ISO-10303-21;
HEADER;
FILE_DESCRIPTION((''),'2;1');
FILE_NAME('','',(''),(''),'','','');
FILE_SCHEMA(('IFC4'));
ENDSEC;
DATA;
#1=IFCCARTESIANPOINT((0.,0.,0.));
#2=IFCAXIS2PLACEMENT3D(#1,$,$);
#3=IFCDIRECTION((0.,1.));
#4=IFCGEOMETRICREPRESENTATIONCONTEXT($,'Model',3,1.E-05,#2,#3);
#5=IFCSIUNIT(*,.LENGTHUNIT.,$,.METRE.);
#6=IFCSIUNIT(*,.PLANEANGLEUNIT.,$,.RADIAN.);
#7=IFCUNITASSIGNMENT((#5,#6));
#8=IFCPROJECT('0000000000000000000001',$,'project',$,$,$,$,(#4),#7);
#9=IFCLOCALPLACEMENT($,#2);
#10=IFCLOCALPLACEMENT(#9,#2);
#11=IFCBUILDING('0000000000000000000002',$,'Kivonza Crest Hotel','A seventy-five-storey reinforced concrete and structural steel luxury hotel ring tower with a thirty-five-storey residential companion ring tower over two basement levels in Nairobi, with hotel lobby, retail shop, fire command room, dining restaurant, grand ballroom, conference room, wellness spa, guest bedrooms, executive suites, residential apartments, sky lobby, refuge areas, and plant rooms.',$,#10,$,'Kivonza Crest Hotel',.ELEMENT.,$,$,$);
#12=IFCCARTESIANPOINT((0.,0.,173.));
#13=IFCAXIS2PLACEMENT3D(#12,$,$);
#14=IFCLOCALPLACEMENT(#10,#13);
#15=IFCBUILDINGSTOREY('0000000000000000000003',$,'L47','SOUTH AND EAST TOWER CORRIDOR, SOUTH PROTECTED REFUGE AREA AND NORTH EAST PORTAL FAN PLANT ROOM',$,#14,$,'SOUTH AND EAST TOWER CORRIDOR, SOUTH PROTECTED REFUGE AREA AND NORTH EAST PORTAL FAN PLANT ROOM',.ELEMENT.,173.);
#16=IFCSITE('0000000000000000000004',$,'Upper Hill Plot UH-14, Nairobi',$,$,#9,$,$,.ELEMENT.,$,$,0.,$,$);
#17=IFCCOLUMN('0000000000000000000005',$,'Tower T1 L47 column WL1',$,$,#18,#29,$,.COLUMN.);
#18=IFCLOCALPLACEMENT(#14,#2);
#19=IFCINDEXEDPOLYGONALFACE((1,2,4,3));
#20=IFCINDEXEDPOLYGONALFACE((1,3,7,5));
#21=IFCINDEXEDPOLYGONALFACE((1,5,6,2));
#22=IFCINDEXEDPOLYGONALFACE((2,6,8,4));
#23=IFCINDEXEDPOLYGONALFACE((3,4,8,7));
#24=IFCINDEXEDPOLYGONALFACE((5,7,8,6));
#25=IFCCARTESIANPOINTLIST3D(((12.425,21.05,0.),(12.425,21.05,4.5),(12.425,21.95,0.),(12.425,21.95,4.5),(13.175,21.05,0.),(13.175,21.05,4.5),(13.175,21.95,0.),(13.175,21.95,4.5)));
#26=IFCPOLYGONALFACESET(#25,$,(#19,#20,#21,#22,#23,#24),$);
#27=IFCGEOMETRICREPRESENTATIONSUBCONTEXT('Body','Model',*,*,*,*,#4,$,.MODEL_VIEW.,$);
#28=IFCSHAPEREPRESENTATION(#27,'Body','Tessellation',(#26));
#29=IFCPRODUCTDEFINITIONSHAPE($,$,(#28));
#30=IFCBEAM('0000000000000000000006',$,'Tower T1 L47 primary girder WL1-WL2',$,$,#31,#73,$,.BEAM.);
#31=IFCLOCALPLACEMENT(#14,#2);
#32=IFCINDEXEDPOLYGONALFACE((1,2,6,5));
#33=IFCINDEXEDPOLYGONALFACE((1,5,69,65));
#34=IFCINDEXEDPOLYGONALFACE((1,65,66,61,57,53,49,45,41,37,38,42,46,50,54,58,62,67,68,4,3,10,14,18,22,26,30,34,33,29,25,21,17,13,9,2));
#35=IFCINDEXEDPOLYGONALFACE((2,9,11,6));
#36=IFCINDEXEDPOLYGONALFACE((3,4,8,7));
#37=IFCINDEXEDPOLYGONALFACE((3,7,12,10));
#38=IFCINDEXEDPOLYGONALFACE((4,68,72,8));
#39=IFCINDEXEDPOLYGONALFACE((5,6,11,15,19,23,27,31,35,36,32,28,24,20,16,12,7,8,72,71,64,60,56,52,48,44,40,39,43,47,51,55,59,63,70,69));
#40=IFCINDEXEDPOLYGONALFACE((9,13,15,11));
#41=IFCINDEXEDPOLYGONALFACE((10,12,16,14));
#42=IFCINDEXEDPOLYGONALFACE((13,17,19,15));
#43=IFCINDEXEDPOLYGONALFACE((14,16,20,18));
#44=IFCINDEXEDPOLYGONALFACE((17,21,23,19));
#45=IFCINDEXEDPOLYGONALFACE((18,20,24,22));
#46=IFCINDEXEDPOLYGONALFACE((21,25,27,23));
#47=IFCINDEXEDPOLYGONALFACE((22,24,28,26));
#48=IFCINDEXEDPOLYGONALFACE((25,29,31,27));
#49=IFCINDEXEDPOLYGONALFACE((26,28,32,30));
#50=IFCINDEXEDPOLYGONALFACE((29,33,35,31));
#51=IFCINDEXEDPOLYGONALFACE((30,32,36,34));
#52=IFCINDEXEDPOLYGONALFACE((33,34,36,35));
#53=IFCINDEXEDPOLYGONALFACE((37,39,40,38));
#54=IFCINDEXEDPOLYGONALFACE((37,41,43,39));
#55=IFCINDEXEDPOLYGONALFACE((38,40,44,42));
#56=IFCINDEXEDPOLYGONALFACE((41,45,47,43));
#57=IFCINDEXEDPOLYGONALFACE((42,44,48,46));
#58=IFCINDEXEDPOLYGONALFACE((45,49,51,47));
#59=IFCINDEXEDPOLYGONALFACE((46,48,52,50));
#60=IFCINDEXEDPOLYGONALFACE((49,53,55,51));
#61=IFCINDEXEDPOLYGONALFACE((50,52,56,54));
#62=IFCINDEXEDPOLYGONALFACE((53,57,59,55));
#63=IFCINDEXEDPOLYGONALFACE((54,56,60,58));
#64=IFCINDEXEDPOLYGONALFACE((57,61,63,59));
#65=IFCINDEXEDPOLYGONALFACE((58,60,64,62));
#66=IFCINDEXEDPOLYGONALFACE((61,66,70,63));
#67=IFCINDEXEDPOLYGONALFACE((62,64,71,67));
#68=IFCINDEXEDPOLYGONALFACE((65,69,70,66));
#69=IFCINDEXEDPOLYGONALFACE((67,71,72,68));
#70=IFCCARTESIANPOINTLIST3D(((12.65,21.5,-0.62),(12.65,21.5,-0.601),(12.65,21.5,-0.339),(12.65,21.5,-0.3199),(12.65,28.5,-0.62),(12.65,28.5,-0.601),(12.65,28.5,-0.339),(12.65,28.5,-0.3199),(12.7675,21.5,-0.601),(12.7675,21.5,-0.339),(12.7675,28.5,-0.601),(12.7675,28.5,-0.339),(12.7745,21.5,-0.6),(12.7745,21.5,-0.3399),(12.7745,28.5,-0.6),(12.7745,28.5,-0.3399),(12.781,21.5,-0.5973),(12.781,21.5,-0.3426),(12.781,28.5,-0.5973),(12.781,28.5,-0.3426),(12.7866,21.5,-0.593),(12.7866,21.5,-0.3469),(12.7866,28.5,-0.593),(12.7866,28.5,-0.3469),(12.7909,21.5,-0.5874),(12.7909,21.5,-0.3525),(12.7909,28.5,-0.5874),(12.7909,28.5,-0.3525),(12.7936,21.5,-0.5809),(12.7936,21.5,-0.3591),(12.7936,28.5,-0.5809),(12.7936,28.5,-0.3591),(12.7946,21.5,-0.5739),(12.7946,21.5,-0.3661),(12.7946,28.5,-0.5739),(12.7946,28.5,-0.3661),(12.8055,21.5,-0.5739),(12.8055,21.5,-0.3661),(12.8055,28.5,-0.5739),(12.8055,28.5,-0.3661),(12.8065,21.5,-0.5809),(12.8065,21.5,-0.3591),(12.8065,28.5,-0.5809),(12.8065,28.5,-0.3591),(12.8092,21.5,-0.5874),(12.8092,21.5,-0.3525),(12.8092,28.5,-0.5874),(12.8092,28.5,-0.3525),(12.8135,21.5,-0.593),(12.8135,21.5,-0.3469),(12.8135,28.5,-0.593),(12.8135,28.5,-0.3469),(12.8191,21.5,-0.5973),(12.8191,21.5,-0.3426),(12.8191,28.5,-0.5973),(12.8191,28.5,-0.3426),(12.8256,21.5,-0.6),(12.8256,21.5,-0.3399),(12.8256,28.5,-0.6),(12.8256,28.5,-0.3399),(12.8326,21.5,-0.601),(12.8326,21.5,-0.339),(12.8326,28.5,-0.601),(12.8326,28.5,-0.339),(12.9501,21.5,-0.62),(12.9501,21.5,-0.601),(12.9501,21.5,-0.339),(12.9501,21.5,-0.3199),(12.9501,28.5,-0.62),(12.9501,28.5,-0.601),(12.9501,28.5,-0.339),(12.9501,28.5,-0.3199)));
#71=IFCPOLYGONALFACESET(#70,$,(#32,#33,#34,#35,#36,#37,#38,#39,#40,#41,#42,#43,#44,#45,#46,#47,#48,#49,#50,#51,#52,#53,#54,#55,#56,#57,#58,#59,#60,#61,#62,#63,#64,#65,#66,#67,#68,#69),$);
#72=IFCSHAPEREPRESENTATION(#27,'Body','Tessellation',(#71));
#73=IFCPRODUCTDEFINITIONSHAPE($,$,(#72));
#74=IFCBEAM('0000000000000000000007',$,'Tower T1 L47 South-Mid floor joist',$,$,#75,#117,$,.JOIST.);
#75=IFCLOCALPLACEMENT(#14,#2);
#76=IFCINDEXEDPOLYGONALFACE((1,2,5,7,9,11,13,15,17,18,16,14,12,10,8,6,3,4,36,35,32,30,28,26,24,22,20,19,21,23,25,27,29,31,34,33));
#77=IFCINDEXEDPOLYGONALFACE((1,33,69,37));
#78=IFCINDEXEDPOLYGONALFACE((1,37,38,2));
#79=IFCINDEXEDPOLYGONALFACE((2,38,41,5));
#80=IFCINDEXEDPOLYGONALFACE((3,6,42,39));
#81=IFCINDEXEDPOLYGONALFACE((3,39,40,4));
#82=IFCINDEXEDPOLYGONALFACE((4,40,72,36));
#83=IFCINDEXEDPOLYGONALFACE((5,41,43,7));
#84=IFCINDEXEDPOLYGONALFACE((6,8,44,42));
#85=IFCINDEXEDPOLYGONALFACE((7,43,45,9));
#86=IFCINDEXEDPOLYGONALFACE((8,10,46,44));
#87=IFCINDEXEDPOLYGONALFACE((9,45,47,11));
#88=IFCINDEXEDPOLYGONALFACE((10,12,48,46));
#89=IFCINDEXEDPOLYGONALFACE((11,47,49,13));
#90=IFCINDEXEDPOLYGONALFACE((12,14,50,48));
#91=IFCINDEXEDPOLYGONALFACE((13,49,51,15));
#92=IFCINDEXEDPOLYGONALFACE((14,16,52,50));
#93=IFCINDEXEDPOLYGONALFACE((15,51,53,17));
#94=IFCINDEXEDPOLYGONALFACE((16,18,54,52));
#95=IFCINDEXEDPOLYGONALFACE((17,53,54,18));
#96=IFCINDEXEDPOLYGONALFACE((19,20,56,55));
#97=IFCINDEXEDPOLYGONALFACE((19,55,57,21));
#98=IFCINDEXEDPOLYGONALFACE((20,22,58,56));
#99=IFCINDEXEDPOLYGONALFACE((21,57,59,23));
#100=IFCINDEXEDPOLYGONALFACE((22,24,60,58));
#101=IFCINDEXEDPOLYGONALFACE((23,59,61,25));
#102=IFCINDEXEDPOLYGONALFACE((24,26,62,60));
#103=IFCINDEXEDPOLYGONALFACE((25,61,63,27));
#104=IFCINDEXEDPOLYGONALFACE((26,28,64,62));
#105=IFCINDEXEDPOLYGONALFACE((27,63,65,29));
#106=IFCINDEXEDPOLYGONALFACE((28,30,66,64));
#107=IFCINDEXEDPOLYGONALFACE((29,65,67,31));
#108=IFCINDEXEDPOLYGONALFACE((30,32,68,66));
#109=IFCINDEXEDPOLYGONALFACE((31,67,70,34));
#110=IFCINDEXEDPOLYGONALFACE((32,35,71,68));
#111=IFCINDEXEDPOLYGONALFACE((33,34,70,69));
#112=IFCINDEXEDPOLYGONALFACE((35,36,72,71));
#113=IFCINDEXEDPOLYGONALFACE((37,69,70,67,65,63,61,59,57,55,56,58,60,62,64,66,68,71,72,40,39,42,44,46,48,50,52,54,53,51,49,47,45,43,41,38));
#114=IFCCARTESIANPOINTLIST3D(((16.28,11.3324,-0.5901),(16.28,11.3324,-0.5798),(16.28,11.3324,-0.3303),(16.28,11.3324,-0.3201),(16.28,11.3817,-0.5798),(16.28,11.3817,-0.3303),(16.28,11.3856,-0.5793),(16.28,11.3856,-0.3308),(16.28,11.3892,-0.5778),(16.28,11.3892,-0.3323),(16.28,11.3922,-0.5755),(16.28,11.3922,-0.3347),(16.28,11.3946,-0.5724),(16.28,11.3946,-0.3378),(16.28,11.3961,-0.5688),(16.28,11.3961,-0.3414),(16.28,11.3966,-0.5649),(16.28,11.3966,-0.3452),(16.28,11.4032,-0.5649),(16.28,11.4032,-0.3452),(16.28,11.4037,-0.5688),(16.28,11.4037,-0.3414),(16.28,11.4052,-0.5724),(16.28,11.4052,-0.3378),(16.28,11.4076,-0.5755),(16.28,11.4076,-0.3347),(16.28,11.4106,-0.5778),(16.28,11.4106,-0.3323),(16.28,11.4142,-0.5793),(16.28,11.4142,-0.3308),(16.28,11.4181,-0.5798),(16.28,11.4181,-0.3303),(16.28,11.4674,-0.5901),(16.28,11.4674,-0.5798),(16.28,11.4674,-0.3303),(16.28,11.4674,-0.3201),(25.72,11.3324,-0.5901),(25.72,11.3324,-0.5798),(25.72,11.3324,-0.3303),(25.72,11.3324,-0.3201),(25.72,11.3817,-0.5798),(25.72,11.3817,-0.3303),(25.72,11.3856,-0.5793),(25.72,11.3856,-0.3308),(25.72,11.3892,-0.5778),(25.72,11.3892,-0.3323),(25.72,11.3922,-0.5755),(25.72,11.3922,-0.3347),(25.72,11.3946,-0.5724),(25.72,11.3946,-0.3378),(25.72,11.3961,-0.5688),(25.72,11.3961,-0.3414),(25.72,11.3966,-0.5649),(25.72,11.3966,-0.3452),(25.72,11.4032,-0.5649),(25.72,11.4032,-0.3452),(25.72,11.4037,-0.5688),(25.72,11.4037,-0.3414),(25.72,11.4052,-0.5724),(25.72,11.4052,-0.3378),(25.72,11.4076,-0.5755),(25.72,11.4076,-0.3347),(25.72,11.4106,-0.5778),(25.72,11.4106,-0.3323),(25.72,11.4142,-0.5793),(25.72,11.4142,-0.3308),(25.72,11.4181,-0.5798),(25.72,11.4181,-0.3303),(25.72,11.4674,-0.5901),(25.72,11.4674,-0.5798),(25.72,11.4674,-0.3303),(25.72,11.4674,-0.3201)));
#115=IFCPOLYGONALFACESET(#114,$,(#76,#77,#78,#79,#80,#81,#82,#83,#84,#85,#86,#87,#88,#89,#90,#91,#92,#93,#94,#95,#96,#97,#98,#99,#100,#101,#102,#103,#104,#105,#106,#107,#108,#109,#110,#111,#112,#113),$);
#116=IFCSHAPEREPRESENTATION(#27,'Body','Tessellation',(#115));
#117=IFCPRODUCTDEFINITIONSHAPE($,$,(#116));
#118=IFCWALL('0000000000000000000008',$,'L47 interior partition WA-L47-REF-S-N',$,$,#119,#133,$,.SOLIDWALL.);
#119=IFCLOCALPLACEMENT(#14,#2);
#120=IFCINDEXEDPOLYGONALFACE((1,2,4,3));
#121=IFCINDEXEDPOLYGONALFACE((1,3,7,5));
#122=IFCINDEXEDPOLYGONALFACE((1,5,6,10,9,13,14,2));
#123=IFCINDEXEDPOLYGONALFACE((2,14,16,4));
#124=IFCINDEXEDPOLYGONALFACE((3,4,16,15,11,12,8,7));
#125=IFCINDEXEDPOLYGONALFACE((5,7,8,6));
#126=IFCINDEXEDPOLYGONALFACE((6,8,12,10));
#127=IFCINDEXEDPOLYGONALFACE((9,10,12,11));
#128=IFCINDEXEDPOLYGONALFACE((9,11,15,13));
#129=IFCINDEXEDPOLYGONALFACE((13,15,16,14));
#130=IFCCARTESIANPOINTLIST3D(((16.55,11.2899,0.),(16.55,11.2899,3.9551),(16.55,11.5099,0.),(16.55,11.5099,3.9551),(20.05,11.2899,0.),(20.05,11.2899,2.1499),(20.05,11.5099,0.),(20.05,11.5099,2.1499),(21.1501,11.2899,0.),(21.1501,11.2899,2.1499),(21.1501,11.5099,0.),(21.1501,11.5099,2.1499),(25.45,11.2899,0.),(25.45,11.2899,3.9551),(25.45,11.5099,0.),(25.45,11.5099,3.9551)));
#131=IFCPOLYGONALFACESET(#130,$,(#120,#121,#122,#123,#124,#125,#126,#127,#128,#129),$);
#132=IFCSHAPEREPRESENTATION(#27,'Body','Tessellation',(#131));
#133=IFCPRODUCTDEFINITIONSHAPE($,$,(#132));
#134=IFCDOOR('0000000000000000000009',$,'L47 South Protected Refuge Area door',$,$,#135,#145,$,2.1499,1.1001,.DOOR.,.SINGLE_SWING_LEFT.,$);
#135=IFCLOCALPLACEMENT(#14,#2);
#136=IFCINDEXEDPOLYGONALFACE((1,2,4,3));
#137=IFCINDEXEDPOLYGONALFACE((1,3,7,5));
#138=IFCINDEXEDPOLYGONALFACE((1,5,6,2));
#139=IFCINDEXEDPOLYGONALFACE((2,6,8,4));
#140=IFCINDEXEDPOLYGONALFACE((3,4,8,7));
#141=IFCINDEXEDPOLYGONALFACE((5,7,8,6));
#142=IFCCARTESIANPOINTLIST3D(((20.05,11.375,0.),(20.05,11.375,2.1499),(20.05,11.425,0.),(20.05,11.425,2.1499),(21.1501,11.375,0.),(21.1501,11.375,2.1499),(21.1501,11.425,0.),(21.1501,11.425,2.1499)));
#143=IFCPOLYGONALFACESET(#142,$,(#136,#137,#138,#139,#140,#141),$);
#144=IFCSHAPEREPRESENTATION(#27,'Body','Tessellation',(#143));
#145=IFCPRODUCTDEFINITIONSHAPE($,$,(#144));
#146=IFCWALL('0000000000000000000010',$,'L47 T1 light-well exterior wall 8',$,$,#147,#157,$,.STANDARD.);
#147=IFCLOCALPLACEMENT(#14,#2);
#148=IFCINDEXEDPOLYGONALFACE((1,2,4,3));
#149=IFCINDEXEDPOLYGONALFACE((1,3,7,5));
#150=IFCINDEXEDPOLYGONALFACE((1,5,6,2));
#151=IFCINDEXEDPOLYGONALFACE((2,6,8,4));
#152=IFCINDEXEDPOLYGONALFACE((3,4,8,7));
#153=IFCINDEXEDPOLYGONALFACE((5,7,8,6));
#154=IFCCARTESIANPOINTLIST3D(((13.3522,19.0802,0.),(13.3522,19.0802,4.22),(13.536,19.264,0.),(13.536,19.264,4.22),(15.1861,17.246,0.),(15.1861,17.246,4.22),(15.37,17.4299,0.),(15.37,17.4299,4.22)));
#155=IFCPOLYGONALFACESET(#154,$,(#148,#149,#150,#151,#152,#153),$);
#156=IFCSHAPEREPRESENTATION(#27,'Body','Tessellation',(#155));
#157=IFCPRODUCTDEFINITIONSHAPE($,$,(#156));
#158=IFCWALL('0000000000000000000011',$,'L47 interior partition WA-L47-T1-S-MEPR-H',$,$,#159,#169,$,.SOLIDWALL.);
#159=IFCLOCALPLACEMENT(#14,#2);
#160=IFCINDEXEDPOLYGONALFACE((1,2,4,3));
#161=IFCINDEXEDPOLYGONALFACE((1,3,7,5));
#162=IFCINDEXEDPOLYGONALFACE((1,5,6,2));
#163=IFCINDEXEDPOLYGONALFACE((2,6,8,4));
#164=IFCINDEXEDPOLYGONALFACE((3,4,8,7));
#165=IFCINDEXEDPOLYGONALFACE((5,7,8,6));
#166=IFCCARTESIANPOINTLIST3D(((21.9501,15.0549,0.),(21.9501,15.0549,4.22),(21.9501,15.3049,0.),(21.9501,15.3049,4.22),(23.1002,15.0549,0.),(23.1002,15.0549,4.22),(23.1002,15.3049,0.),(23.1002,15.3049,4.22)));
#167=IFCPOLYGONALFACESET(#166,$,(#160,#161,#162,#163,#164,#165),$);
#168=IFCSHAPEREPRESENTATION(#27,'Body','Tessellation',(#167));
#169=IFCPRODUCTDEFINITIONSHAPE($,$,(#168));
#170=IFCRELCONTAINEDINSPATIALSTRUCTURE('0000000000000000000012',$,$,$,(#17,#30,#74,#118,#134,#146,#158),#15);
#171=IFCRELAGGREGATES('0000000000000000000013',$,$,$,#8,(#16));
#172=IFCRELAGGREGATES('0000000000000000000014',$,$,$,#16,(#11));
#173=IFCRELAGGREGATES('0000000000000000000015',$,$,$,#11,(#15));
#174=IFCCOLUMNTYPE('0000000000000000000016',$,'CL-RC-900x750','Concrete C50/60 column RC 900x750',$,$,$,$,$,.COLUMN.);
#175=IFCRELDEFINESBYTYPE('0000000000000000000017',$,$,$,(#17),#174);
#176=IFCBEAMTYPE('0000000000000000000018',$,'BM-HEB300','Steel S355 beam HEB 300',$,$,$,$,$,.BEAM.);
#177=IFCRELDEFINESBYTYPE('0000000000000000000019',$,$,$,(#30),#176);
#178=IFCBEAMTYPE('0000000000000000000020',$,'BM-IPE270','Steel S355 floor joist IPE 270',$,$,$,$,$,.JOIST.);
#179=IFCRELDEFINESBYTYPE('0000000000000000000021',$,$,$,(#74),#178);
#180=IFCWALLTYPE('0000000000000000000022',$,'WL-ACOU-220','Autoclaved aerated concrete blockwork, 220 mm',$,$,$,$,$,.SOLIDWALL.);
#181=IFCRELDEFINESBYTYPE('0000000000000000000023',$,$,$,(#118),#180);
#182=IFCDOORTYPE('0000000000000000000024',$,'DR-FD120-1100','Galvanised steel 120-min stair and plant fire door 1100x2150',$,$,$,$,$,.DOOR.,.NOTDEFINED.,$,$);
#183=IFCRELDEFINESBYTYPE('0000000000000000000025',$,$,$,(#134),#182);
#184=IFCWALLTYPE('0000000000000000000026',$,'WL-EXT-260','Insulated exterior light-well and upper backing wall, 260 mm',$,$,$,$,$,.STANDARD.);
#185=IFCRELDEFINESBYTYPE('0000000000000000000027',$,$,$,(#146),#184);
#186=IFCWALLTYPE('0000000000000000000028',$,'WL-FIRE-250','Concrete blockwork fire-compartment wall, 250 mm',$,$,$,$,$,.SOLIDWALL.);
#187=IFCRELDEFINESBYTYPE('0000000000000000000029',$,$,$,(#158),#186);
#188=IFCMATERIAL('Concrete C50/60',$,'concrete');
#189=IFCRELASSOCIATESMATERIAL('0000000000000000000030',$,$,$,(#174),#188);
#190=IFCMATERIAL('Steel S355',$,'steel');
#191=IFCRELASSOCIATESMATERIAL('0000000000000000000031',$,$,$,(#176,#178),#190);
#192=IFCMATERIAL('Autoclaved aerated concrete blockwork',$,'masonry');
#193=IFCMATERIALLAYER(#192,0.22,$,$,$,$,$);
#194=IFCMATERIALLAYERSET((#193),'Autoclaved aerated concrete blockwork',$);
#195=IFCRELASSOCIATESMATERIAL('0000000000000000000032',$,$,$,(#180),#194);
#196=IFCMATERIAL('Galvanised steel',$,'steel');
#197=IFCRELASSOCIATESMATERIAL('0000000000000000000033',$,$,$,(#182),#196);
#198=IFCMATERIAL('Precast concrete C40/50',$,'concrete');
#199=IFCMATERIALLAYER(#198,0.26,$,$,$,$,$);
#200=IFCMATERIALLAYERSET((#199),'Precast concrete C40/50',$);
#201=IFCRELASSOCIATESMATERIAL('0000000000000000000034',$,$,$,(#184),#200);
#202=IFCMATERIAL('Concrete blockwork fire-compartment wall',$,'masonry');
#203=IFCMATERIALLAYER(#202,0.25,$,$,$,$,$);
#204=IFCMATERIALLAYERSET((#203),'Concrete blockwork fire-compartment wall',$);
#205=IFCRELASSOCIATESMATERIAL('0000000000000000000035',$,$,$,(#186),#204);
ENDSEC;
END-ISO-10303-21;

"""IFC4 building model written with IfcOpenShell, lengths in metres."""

from ifc_helpers import new_model, si_unit, direction, frame, frame_2d, origin, origin_2d, place, context, subcontext, project, spatial, rectangle, i_section, extrude, material, layer, layer_set, material_profile, profile_set, type_object, element, fill, save


model = new_model("IFC4")

# Units and contexts
model_context = context("Model", 3, precision=1e-05, world=origin(), true_north=direction((0.0, 1.0)))
body_context = subcontext(model_context, "Body", "Model", "MODEL_VIEW")
ifc_project = project(units=[si_unit("LENGTHUNIT", "METRE"), si_unit("PLANEANGLEUNIT", "RADIAN")], contexts=[model_context])

# Site, building, storey
site_placement = place(None, origin())
site = spatial("IfcSite", under=ifc_project, at=site_placement, Name="Upper Hill Plot UH-14, Nairobi", CompositionType="ELEMENT", RefElevation=0.0)
building_placement = place(site_placement, origin())
building = spatial("IfcBuilding", under=site, at=building_placement, Name="Kivonza Crest Hotel", Description="A seventy-five-storey reinforced concrete and structural steel luxury hotel ring tower with a thirty-five-storey residential companion ring tower over two basement levels in Nairobi, with hotel lobby, retail shop, fire command room, dining restaurant, grand ballroom, conference room, wellness spa, guest bedrooms, executive suites, residential apartments, sky lobby, refuge areas, and plant rooms.", LongName="Kivonza Crest Hotel", CompositionType="ELEMENT")
storey_placement = place(building_placement, frame((0.0, 0.0, 173.0)))
storey = spatial("IfcBuildingStorey", under=building, at=storey_placement, Name="L47", Description="SOUTH AND EAST TOWER CORRIDOR, SOUTH PROTECTED REFUGE AREA AND NORTH EAST PORTAL FAN PLANT ROOM", LongName="SOUTH AND EAST TOWER CORRIDOR, SOUTH PROTECTED REFUGE AREA AND NORTH EAST PORTAL FAN PLANT ROOM", CompositionType="ELEMENT", Elevation=173.0)

# Column
ifc_material_1 = material(Name="Concrete C50/60", Category="concrete")
ifc_material_profile_1 = material_profile(ifc_material_1, rectangle(XDim=0.75, YDim=0.8999, at=origin_2d()), Name="RC 900x750")
ifc_profile_set_1 = profile_set([ifc_material_profile_1], Name="Concrete C50/60")
column_type = type_object("IfcColumnType", Name="CL-RC-900x750", Description="Concrete C50/60 column RC 900x750", PredefinedType="COLUMN", material=ifc_profile_set_1)
column_placement = place(storey_placement, frame((12.8, 21.5, 0.0), z_axis=(0.0, 0.0, 1.0), x_axis=(1.0, 0.0, 0.0)))
element("IfcColumn", 1, at=column_placement, inside=storey, type_object=column_type, Name="Tower T1 L47 column WL1", PredefinedType="COLUMN", context=body_context, shape_type="SweptSolid", body=[
    extrude(rectangle(XDim=0.75, YDim=0.8999, at=origin_2d()), origin(), (0.0, 0.0, 1.0), 4.5),
])

# Beams
ifc_material_2 = material(Name="Steel S355", Category="steel")
ifc_material_profile_2 = material_profile(ifc_material_2, i_section(OverallWidth=0.3, OverallDepth=0.3, WebThickness=0.011, FlangeThickness=0.019, FilletRadius=0.0271, at=origin_2d()), Name="HEB 300")
ifc_profile_set_2 = profile_set([ifc_material_profile_2], Name="Steel S355")
beam_type_1 = type_object("IfcBeamType", Name="BM-HEB300", Description="Steel S355 beam HEB 300", PredefinedType="BEAM", material=ifc_profile_set_2)
beam_1_placement = place(storey_placement, frame((12.8, 21.5, -0.47), z_axis=(0.0, 1.0, 0.0), x_axis=(-1.0, 0.0, 0.0)))
element("IfcBeam", 2, at=beam_1_placement, inside=storey, type_object=beam_type_1, Name="Tower T1 L47 primary girder WL1-WL2", PredefinedType="BEAM", context=body_context, shape_type="SweptSolid", body=[
    extrude(i_section(OverallWidth=0.3, OverallDepth=0.3, WebThickness=0.011, FlangeThickness=0.019, FilletRadius=0.0271, at=origin_2d()), origin(), (0.0, 0.0, 1.0), 7.0),
])
ifc_material_profile_3 = material_profile(ifc_material_2, i_section(OverallWidth=0.135, OverallDepth=0.27, WebThickness=0.0066, FlangeThickness=0.0103, FilletRadius=0.0149, at=origin_2d()), Name="IPE 270")
ifc_profile_set_3 = profile_set([ifc_material_profile_3], Name="Steel S355")
beam_type_2 = type_object("IfcBeamType", Name="BM-IPE270", Description="Steel S355 floor joist IPE 270", PredefinedType="JOIST", material=ifc_profile_set_3)
beam_2_placement = place(storey_placement, frame((16.28, 11.3999, -0.4551), z_axis=(1.0, 0.0, 0.0), x_axis=(0.0, 1.0, 0.0)))
element("IfcBeam", 3, at=beam_2_placement, inside=storey, type_object=beam_type_2, Name="Tower T1 L47 South-Mid floor joist", PredefinedType="JOIST", context=body_context, shape_type="SweptSolid", body=[
    extrude(i_section(OverallWidth=0.135, OverallDepth=0.27, WebThickness=0.0066, FlangeThickness=0.0103, FilletRadius=0.0149, at=origin_2d()), origin(), (0.0, 0.0, 1.0), 9.4399),
])

# Wall, opening, door
ifc_material_3 = material(Name="Autoclaved aerated concrete blockwork", Category="masonry")
ifc_layer_1 = layer(ifc_material_3, 0.22)
ifc_layer_set_1 = layer_set([ifc_layer_1], Name="Autoclaved aerated concrete blockwork")
wall_type_1 = type_object("IfcWallType", Name="WL-ACOU-220", Description="Autoclaved aerated concrete blockwork, 220 mm", PredefinedType="SOLIDWALL", material=ifc_layer_set_1)
wall_1_placement = place(storey_placement, frame((16.55, 11.3999, 0.0), z_axis=(0.0, 0.0, 1.0), x_axis=(1.0, 0.0, 0.0)))
wall_1 = element("IfcWall", 4, at=wall_1_placement, inside=storey, type_object=wall_type_1, Name="L47 interior partition WA-L47-REF-S-N", PredefinedType="SOLIDWALL", context=body_context, shape_type="SweptSolid", body=[
    extrude(rectangle(XDim=8.8999, YDim=0.22, at=frame_2d((4.45, 0.0))), origin(), (0.0, 0.0, 1.0), 3.9551),
])
opening_1_placement = place(wall_1_placement, frame((3.5, 0.0, 0.0)))
opening_1 = element("IfcOpeningElement", 5, at=opening_1_placement, cuts=wall_1, PredefinedType="OPENING", context=body_context, shape_type="SweptSolid", body=[
    extrude(rectangle(XDim=1.1001, YDim=2.1499, at=frame_2d((0.55, 1.075))), frame((0.0, 0.1201, 0.0), z_axis=(0.0, -1.0, 0.0), x_axis=(1.0, 0.0, 0.0)), (0.0, 0.0, 1.0), 0.24),
])
ifc_material_4 = material(Name="Galvanised steel", Category="steel")
door_type_1 = type_object("IfcDoorType", Name="DR-FD120-1100", Description="Galvanised steel 120-min stair and plant fire door 1100x2150", OperationType="NOTDEFINED", PredefinedType="DOOR", material=ifc_material_4)
door_1_placement = place(opening_1_placement, frame((1.1001, 0.0, 0.0), z_axis=(0.0, 0.0, 1.0), x_axis=(-1.0, 0.0, 0.0)))
door_1 = element("IfcDoor", 6, at=door_1_placement, inside=storey, type_object=door_type_1, Name="L47 South Protected Refuge Area door", OperationType="SINGLE_SWING_LEFT", OverallHeight=2.1499, OverallWidth=1.1001, PredefinedType="DOOR", context=body_context, shape_type="SweptSolid", body=[
    extrude(rectangle(XDim=1.1001, YDim=2.1499, at=frame_2d((0.55, 1.075))), frame((0.0, 0.0249, 0.0), z_axis=(0.0, -1.0, 0.0), x_axis=(1.0, 0.0, 0.0)), (0.0, 0.0, 1.0), 0.05),
])
fill(opening_1, door_1)

# Walls
ifc_material_5 = material(Name="Precast concrete C40/50", Category="concrete")
ifc_layer_2 = layer(ifc_material_5, 0.26)
ifc_layer_set_2 = layer_set([ifc_layer_2], Name="Precast concrete C40/50")
wall_type_2 = type_object("IfcWallType", Name="WL-EXT-260", Description="Insulated exterior light-well and upper backing wall, 260 mm", PredefinedType="STANDARD", material=ifc_layer_set_2)
wall_2_placement = place(storey_placement, frame((13.4441, 19.1721, 0.0), z_axis=(0.0, 0.0, 1.0), x_axis=(0.70706, -0.707154, 0.0)))
element("IfcWall", 7, at=wall_2_placement, inside=storey, type_object=wall_type_2, Name="L47 T1 light-well exterior wall 8", PredefinedType="STANDARD", context=body_context, shape_type="SweptSolid", body=[
    extrude(rectangle(XDim=2.5938, YDim=0.26, at=frame_2d((1.2969, 0.0))), origin(), (0.0, 0.0, 1.0), 4.22),
])
ifc_material_6 = material(Name="Concrete blockwork fire-compartment wall", Category="masonry")
ifc_layer_3 = layer(ifc_material_6, 0.25)
ifc_layer_set_3 = layer_set([ifc_layer_3], Name="Concrete blockwork fire-compartment wall")
wall_type_3 = type_object("IfcWallType", Name="WL-FIRE-250", Description="Concrete blockwork fire-compartment wall, 250 mm", PredefinedType="SOLIDWALL", material=ifc_layer_set_3)
wall_3_placement = place(storey_placement, frame((21.95, 15.1799, 0.0), z_axis=(0.0, 0.0, 1.0), x_axis=(1.0, 0.0, 0.0)))
element("IfcWall", 8, at=wall_3_placement, inside=storey, type_object=wall_type_3, Name="L47 interior partition WA-L47-T1-S-MEPR-H", PredefinedType="SOLIDWALL", context=body_context, shape_type="SweptSolid", body=[
    extrude(rectangle(XDim=1.1501, YDim=0.25, at=frame_2d((0.5752, 0.0))), origin(), (0.0, 0.0, 1.0), 4.22),
])

save(model, "model.ifc")
